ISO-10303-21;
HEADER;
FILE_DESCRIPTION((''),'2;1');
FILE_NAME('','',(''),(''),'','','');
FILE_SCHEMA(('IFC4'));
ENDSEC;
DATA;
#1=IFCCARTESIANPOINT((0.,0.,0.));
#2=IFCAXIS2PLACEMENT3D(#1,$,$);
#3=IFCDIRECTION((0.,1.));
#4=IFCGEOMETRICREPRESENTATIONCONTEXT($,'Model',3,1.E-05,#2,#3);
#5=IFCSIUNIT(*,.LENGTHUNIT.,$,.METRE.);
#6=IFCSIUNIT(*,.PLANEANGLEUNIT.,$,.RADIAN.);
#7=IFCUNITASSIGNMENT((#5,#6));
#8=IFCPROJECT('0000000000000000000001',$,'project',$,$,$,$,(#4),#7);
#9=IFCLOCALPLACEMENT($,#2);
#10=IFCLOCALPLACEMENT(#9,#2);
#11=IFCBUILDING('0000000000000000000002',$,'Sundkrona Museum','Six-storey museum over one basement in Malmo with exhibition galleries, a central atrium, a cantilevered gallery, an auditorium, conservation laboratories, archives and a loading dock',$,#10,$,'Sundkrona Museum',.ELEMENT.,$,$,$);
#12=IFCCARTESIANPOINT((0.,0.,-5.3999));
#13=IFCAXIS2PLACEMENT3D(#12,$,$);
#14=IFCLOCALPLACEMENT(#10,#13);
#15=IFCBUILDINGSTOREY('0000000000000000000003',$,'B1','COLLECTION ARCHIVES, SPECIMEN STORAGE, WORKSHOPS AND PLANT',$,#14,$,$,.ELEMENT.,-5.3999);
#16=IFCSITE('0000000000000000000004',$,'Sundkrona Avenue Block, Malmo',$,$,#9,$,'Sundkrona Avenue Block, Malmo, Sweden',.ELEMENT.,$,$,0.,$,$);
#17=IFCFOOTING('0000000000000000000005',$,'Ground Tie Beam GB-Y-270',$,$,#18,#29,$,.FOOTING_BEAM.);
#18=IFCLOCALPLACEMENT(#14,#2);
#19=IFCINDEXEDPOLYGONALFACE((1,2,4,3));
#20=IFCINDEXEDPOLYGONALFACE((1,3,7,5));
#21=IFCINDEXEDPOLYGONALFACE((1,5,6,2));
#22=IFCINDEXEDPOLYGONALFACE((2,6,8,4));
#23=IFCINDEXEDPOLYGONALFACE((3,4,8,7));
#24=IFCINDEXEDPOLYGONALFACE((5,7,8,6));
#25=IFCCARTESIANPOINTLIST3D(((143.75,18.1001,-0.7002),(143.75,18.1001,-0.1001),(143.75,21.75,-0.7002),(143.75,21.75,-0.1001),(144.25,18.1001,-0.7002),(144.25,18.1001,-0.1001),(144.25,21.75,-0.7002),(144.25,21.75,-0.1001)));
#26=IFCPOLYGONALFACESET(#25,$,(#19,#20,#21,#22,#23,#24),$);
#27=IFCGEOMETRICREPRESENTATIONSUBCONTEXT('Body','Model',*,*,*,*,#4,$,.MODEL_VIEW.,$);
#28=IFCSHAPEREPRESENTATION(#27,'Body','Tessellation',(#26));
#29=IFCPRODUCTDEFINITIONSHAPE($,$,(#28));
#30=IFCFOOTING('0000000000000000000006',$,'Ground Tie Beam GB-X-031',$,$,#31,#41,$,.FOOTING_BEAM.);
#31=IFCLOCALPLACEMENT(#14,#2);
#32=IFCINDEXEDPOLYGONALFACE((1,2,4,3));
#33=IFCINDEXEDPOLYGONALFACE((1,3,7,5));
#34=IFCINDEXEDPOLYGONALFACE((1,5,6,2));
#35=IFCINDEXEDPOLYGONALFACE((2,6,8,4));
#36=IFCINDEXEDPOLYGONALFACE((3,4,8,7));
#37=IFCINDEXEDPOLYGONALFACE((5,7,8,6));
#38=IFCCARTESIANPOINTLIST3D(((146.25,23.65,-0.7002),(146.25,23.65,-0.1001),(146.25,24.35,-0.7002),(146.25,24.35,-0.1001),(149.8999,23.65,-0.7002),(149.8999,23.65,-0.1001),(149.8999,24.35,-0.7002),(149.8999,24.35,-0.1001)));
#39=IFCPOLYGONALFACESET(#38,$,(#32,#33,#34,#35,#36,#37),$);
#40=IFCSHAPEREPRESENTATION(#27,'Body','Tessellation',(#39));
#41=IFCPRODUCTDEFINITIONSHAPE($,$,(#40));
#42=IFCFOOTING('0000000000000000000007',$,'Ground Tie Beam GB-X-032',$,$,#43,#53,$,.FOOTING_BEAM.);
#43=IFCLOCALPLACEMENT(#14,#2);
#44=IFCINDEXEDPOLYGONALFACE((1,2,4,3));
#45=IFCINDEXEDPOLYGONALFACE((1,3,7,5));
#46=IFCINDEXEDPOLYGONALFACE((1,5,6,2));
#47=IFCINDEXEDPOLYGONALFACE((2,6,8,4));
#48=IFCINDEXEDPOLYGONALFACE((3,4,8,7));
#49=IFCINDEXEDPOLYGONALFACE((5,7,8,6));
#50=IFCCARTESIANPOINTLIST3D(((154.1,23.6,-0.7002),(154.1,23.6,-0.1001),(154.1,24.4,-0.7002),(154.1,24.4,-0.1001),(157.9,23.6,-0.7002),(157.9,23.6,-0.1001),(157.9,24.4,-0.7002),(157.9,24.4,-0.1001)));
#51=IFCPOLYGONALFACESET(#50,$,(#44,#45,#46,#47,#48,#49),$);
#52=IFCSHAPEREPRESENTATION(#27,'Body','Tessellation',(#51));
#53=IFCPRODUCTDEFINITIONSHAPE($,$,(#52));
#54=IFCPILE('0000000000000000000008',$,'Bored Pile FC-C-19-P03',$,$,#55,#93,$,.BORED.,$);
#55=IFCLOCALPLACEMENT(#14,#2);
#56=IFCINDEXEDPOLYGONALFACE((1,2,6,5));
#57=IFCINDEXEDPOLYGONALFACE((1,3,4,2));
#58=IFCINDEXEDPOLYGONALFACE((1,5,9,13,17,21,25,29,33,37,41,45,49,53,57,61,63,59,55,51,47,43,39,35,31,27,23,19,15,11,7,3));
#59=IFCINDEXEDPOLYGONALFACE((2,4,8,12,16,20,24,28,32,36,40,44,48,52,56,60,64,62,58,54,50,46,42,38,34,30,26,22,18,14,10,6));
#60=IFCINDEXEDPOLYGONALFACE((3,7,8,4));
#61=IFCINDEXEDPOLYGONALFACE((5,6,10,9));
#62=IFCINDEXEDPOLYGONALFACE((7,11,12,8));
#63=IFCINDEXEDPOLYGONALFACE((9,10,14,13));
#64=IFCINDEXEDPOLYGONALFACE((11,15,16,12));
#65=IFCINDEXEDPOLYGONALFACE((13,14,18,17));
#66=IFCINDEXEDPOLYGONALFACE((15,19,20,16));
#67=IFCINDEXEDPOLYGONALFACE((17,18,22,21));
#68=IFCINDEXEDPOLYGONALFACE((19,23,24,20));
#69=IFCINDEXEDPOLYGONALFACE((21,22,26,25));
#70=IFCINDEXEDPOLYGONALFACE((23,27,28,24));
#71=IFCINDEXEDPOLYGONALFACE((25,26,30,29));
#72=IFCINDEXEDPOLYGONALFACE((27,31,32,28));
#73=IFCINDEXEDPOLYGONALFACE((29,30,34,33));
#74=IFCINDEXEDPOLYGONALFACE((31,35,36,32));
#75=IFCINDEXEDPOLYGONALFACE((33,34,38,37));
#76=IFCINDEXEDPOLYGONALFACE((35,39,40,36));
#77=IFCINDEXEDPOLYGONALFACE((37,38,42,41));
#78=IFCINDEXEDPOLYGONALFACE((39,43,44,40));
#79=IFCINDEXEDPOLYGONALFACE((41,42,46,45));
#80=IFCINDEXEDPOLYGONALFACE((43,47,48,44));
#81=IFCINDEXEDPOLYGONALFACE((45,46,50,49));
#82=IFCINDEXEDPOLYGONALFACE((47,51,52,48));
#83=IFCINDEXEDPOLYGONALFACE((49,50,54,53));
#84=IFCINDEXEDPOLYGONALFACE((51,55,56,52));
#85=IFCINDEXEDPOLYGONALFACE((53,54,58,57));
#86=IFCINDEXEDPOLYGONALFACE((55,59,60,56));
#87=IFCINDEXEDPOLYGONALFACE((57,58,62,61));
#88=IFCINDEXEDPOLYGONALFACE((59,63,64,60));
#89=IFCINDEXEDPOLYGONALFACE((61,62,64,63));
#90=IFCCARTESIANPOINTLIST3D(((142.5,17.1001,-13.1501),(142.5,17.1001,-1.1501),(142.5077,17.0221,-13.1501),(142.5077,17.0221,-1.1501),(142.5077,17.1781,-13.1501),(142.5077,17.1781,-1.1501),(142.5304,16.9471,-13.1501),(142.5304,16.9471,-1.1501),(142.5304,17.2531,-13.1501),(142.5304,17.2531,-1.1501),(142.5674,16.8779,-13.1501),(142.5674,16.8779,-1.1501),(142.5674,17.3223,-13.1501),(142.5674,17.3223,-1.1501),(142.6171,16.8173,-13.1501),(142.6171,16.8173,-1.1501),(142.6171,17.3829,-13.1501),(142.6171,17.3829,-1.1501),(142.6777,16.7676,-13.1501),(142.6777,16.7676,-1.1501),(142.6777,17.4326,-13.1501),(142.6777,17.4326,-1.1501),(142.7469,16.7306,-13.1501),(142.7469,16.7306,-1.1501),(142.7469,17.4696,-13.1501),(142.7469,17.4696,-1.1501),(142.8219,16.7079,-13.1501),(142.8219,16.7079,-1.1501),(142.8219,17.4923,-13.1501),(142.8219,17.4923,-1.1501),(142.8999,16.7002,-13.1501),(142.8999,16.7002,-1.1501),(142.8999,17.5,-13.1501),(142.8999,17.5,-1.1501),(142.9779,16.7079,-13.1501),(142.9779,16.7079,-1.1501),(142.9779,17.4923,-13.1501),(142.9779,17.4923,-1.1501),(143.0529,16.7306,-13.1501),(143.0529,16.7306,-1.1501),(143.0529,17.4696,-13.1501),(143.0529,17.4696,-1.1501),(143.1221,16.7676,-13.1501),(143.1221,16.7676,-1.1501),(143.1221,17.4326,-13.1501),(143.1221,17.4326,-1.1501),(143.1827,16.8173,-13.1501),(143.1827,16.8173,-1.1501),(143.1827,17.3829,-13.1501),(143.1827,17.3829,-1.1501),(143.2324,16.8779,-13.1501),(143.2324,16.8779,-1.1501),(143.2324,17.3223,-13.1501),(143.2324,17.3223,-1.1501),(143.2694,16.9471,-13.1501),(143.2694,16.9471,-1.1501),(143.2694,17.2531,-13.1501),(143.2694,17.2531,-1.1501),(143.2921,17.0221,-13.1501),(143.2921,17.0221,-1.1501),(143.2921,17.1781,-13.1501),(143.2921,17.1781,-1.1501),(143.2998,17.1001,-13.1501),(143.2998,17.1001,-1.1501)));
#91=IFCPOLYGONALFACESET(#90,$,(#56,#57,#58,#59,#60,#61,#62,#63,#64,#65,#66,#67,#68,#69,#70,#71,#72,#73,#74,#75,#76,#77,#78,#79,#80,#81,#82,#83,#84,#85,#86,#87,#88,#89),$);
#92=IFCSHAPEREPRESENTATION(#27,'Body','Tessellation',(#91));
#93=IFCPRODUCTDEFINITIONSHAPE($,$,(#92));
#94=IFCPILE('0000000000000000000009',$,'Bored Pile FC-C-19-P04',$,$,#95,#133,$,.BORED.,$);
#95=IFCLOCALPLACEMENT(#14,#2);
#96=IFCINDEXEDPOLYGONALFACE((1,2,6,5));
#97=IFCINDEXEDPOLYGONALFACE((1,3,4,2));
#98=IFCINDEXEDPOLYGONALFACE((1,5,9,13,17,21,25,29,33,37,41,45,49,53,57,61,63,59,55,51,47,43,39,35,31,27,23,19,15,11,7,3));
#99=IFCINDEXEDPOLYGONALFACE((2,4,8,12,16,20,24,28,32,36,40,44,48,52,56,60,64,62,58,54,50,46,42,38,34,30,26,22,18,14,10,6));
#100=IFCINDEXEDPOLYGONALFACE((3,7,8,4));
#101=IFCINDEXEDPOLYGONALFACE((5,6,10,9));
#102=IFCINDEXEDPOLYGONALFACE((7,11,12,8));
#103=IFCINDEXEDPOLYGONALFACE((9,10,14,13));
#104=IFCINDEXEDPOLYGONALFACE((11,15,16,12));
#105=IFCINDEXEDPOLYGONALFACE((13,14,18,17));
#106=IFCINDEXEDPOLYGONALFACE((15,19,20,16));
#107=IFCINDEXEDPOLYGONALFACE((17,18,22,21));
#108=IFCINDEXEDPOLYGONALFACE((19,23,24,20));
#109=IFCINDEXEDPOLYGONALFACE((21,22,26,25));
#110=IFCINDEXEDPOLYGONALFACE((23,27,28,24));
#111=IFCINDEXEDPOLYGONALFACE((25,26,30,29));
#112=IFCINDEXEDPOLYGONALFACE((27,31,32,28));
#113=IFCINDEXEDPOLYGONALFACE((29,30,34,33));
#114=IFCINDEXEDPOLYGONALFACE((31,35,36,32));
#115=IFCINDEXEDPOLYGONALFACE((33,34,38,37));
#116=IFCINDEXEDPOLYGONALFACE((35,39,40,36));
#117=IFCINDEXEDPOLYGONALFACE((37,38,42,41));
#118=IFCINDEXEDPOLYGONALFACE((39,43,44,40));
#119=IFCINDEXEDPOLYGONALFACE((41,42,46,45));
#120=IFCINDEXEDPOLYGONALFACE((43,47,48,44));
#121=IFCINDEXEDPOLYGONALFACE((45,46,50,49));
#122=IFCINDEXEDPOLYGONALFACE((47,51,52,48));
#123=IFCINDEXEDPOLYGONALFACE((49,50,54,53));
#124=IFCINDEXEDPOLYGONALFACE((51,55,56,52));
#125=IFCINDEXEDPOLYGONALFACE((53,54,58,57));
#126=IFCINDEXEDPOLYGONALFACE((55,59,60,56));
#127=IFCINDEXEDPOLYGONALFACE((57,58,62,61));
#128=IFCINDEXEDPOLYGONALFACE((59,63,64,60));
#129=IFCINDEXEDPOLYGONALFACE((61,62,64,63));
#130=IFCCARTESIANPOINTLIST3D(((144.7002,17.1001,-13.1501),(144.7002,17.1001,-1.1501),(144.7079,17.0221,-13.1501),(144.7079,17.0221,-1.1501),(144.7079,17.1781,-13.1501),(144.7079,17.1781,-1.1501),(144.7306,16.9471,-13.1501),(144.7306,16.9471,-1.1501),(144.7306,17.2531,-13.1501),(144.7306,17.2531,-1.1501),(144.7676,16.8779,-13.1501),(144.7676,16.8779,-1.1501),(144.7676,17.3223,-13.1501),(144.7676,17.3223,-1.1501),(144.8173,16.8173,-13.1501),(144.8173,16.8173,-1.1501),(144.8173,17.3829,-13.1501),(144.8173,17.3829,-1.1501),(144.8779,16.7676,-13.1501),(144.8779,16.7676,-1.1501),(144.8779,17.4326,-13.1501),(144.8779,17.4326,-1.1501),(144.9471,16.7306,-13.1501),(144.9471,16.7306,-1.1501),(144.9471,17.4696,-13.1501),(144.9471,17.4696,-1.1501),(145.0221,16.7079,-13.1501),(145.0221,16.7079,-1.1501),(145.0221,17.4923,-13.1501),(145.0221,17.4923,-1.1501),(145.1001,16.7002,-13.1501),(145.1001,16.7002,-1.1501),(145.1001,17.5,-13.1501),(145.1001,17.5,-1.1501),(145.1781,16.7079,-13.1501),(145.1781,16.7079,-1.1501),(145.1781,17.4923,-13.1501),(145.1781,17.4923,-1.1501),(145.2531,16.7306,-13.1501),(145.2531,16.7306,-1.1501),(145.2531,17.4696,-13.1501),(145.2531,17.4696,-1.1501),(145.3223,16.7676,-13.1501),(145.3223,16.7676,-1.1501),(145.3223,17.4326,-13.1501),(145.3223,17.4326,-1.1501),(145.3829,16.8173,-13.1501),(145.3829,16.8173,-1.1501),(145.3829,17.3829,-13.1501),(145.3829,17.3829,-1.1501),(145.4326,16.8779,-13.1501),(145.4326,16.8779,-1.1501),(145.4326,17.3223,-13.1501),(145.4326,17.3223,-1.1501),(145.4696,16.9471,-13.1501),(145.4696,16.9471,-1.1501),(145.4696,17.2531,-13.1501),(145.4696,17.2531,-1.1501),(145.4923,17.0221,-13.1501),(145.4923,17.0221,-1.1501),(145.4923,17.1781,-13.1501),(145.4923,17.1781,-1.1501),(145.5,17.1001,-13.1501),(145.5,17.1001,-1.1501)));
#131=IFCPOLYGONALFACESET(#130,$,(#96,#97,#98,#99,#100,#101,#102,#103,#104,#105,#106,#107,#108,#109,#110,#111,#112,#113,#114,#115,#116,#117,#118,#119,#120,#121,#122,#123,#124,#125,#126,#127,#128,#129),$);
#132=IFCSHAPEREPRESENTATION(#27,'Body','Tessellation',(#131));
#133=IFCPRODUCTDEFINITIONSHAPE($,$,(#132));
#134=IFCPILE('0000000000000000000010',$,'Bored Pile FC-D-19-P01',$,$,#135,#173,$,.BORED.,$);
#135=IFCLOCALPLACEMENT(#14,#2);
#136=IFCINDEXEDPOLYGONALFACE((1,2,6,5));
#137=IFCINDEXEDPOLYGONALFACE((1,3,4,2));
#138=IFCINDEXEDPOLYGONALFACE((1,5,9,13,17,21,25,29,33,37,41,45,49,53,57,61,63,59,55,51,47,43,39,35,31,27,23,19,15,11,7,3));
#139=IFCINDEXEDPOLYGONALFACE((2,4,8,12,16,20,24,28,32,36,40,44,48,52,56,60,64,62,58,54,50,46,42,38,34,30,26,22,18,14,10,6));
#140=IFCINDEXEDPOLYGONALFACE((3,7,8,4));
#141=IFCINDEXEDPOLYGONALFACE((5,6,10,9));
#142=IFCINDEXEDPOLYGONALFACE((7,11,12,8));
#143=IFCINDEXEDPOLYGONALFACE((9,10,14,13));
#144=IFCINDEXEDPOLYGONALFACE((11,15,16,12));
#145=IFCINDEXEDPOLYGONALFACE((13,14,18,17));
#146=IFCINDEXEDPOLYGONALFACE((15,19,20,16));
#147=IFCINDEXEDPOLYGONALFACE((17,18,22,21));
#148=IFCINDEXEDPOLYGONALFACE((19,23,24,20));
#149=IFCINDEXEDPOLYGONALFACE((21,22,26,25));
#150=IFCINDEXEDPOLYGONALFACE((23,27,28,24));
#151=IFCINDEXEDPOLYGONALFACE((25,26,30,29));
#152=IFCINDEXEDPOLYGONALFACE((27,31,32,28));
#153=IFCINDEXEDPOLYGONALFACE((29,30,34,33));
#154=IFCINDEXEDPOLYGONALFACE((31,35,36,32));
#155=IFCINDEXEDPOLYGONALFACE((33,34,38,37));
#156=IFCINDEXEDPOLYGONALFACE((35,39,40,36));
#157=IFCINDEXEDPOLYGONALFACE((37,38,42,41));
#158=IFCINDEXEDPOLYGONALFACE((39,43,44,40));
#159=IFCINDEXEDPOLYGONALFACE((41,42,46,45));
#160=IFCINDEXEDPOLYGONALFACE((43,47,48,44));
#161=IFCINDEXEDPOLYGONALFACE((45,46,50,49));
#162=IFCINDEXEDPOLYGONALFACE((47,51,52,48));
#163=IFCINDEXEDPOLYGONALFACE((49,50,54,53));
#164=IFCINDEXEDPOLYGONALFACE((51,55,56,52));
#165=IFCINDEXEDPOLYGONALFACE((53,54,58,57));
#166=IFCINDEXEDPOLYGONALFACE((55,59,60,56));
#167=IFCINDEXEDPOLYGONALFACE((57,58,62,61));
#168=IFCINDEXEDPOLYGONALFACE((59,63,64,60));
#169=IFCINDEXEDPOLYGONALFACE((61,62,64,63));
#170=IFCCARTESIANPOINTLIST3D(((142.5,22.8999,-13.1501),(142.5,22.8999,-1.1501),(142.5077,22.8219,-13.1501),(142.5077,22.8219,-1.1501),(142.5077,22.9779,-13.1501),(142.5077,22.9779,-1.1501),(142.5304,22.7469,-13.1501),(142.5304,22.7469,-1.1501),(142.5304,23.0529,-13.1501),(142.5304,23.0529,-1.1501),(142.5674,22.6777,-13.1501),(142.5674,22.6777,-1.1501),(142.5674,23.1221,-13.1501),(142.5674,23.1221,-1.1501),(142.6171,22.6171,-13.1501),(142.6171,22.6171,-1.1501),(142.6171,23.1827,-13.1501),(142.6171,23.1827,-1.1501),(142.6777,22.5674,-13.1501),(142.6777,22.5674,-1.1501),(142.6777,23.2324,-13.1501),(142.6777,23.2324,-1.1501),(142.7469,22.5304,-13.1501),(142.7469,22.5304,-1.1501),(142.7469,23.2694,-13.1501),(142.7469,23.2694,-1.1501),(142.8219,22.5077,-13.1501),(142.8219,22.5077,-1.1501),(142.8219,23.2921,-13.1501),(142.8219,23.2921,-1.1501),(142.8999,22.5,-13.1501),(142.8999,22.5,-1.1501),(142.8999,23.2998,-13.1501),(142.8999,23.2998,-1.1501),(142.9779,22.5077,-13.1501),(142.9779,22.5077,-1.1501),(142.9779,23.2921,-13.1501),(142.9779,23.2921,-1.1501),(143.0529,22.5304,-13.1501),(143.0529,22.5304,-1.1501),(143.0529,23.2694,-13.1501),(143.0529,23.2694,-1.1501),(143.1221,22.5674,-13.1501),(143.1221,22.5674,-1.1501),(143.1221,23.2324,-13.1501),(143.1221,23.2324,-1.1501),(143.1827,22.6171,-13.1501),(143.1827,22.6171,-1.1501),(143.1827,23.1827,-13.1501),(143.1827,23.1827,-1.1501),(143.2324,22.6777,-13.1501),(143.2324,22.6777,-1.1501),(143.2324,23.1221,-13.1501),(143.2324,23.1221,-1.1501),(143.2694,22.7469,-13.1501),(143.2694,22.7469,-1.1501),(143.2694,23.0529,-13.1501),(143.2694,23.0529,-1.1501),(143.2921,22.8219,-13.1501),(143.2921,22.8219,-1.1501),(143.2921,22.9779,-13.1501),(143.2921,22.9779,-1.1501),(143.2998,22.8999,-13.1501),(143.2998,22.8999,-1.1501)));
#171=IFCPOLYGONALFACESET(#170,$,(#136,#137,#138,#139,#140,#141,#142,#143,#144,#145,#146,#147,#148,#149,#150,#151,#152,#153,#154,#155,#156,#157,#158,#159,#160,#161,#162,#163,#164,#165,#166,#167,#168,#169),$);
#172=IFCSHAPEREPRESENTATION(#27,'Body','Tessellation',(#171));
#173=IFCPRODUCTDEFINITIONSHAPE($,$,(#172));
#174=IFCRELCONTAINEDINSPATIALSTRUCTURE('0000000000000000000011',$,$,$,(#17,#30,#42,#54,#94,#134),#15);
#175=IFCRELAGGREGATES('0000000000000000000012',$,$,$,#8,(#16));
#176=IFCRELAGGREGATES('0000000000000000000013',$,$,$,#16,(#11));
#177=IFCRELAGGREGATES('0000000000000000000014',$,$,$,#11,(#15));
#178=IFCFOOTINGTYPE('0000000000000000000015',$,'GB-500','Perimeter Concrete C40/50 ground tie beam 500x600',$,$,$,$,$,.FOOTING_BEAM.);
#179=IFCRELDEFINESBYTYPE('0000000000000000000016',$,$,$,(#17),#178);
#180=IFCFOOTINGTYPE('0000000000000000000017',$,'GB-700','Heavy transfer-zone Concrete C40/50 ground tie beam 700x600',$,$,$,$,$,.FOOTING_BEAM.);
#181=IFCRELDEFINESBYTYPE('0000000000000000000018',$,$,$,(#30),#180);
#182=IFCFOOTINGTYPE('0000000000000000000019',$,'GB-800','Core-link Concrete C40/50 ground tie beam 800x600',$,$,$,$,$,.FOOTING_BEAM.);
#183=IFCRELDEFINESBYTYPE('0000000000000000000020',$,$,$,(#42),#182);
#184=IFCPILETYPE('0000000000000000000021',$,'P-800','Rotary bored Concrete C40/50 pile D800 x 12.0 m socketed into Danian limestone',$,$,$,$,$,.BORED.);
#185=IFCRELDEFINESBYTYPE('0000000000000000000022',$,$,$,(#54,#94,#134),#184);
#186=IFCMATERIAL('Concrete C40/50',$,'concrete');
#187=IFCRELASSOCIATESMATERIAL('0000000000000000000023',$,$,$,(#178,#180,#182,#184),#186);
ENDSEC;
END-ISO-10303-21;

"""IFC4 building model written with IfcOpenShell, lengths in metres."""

from ifc_helpers import new_model, si_unit, direction, frame, origin, origin_2d, place, context, subcontext, project, spatial, rectangle, circle, extrude, material, material_profile, profile_set, type_object, element, save


model = new_model("IFC4")

# Units and contexts
model_context = context("Model", 3, precision=1e-05, world=origin(), true_north=direction((0.0, 1.0)))
body_context = subcontext(model_context, "Body", "Model", "MODEL_VIEW")
ifc_project = project(units=[si_unit("LENGTHUNIT", "METRE"), si_unit("PLANEANGLEUNIT", "RADIAN")], contexts=[model_context])

# Site, building, storey
site_placement = place(None, origin())
site = spatial("IfcSite", under=ifc_project, at=site_placement, Name="Sundkrona Avenue Block, Malmo", LongName="Sundkrona Avenue Block, Malmo, Sweden", CompositionType="ELEMENT", RefElevation=0.0)
building_placement = place(site_placement, origin())
building = spatial("IfcBuilding", under=site, at=building_placement, Name="Sundkrona Museum", Description="Six-storey museum over one basement in Malmo with exhibition galleries, a central atrium, a cantilevered gallery, an auditorium, conservation laboratories, archives and a loading dock", LongName="Sundkrona Museum", CompositionType="ELEMENT")
storey_placement = place(building_placement, frame((0.0, 0.0, -5.3999)))
storey = spatial("IfcBuildingStorey", under=building, at=storey_placement, Name="B1", Description="COLLECTION ARCHIVES, SPECIMEN STORAGE, WORKSHOPS AND PLANT", CompositionType="ELEMENT", Elevation=-5.3999)

# Footings
ifc_material_1 = material(Name="Concrete C40/50", Category="concrete")
footing_type_1 = type_object("IfcFootingType", Name="GB-500", Description="Perimeter Concrete C40/50 ground tie beam 500x600", PredefinedType="FOOTING_BEAM", material=ifc_material_1)
footing_1_placement = place(storey_placement, frame((144.0, 19.925, -0.7002), z_axis=(0.0, 0.0, 1.0), x_axis=(0.0, 1.0, 0.0)))
element("IfcFooting", 1, at=footing_1_placement, inside=storey, type_object=footing_type_1, Name="Ground Tie Beam GB-Y-270", PredefinedType="FOOTING_BEAM", context=body_context, shape_type="SweptSolid", body=[
    extrude(rectangle(XDim=3.6499, YDim=0.5, at=origin_2d()), origin(), (0.0, 0.0, 1.0), 0.6001),
])
footing_type_2 = type_object("IfcFootingType", Name="GB-700", Description="Heavy transfer-zone Concrete C40/50 ground tie beam 700x600", PredefinedType="FOOTING_BEAM", material=ifc_material_1)
footing_2_placement = place(storey_placement, frame((148.075, 24.0, -0.7002), z_axis=(0.0, 0.0, 1.0), x_axis=(1.0, 0.0, 0.0)))
element("IfcFooting", 2, at=footing_2_placement, inside=storey, type_object=footing_type_2, Name="Ground Tie Beam GB-X-031", PredefinedType="FOOTING_BEAM", context=body_context, shape_type="SweptSolid", body=[
    extrude(rectangle(XDim=3.6499, YDim=0.7, at=origin_2d()), origin(), (0.0, 0.0, 1.0), 0.6001),
])
footing_type_3 = type_object("IfcFootingType", Name="GB-800", Description="Core-link Concrete C40/50 ground tie beam 800x600", PredefinedType="FOOTING_BEAM", material=ifc_material_1)
footing_3_placement = place(storey_placement, frame((156.0, 24.0, -0.7002), z_axis=(0.0, 0.0, 1.0), x_axis=(1.0, 0.0, 0.0)))
element("IfcFooting", 3, at=footing_3_placement, inside=storey, type_object=footing_type_3, Name="Ground Tie Beam GB-X-032", PredefinedType="FOOTING_BEAM", context=body_context, shape_type="SweptSolid", body=[
    extrude(rectangle(XDim=3.8, YDim=0.8, at=origin_2d()), origin(), (0.0, 0.0, 1.0), 0.6001),
])

# Piles
ifc_material_profile_1 = material_profile(ifc_material_1, circle(Radius=0.3999, at=origin_2d()), Name="PILE D800")
ifc_profile_set_1 = profile_set([ifc_material_profile_1], Name="Concrete C40/50")
pile_type = type_object("IfcPileType", Name="P-800", Description="Rotary bored Concrete C40/50 pile D800 x 12.0 m socketed into Danian limestone", PredefinedType="BORED", material=ifc_profile_set_1)
for number, where, z_axis, x_axis, name in (
    (4, (142.8999, 17.1001, -1.1501), (0.0, 0.0, -1.0), (1.0, 0.0, 0.0), "Bored Pile FC-C-19-P03"),
    (5, (145.1001, 17.1001, -1.1501), (0.0, 0.0, -1.0), (1.0, 0.0, 0.0), "Bored Pile FC-C-19-P04"),
    (6, (142.8999, 22.8999, -1.1501), (0.0, 0.0, -1.0), (1.0, 0.0, 0.0), "Bored Pile FC-D-19-P01"),
):
    element("IfcPile", number, at=place(storey_placement, frame(where, z_axis=z_axis, x_axis=x_axis)), inside=storey, type_object=pile_type, Name=name, PredefinedType="BORED", context=body_context, shape_type="SweptSolid", body=[
        extrude(circle(Radius=0.3999, at=origin_2d()), origin(), (0.0, 0.0, 1.0), 12.0),
    ])

save(model, "model.ifc")
